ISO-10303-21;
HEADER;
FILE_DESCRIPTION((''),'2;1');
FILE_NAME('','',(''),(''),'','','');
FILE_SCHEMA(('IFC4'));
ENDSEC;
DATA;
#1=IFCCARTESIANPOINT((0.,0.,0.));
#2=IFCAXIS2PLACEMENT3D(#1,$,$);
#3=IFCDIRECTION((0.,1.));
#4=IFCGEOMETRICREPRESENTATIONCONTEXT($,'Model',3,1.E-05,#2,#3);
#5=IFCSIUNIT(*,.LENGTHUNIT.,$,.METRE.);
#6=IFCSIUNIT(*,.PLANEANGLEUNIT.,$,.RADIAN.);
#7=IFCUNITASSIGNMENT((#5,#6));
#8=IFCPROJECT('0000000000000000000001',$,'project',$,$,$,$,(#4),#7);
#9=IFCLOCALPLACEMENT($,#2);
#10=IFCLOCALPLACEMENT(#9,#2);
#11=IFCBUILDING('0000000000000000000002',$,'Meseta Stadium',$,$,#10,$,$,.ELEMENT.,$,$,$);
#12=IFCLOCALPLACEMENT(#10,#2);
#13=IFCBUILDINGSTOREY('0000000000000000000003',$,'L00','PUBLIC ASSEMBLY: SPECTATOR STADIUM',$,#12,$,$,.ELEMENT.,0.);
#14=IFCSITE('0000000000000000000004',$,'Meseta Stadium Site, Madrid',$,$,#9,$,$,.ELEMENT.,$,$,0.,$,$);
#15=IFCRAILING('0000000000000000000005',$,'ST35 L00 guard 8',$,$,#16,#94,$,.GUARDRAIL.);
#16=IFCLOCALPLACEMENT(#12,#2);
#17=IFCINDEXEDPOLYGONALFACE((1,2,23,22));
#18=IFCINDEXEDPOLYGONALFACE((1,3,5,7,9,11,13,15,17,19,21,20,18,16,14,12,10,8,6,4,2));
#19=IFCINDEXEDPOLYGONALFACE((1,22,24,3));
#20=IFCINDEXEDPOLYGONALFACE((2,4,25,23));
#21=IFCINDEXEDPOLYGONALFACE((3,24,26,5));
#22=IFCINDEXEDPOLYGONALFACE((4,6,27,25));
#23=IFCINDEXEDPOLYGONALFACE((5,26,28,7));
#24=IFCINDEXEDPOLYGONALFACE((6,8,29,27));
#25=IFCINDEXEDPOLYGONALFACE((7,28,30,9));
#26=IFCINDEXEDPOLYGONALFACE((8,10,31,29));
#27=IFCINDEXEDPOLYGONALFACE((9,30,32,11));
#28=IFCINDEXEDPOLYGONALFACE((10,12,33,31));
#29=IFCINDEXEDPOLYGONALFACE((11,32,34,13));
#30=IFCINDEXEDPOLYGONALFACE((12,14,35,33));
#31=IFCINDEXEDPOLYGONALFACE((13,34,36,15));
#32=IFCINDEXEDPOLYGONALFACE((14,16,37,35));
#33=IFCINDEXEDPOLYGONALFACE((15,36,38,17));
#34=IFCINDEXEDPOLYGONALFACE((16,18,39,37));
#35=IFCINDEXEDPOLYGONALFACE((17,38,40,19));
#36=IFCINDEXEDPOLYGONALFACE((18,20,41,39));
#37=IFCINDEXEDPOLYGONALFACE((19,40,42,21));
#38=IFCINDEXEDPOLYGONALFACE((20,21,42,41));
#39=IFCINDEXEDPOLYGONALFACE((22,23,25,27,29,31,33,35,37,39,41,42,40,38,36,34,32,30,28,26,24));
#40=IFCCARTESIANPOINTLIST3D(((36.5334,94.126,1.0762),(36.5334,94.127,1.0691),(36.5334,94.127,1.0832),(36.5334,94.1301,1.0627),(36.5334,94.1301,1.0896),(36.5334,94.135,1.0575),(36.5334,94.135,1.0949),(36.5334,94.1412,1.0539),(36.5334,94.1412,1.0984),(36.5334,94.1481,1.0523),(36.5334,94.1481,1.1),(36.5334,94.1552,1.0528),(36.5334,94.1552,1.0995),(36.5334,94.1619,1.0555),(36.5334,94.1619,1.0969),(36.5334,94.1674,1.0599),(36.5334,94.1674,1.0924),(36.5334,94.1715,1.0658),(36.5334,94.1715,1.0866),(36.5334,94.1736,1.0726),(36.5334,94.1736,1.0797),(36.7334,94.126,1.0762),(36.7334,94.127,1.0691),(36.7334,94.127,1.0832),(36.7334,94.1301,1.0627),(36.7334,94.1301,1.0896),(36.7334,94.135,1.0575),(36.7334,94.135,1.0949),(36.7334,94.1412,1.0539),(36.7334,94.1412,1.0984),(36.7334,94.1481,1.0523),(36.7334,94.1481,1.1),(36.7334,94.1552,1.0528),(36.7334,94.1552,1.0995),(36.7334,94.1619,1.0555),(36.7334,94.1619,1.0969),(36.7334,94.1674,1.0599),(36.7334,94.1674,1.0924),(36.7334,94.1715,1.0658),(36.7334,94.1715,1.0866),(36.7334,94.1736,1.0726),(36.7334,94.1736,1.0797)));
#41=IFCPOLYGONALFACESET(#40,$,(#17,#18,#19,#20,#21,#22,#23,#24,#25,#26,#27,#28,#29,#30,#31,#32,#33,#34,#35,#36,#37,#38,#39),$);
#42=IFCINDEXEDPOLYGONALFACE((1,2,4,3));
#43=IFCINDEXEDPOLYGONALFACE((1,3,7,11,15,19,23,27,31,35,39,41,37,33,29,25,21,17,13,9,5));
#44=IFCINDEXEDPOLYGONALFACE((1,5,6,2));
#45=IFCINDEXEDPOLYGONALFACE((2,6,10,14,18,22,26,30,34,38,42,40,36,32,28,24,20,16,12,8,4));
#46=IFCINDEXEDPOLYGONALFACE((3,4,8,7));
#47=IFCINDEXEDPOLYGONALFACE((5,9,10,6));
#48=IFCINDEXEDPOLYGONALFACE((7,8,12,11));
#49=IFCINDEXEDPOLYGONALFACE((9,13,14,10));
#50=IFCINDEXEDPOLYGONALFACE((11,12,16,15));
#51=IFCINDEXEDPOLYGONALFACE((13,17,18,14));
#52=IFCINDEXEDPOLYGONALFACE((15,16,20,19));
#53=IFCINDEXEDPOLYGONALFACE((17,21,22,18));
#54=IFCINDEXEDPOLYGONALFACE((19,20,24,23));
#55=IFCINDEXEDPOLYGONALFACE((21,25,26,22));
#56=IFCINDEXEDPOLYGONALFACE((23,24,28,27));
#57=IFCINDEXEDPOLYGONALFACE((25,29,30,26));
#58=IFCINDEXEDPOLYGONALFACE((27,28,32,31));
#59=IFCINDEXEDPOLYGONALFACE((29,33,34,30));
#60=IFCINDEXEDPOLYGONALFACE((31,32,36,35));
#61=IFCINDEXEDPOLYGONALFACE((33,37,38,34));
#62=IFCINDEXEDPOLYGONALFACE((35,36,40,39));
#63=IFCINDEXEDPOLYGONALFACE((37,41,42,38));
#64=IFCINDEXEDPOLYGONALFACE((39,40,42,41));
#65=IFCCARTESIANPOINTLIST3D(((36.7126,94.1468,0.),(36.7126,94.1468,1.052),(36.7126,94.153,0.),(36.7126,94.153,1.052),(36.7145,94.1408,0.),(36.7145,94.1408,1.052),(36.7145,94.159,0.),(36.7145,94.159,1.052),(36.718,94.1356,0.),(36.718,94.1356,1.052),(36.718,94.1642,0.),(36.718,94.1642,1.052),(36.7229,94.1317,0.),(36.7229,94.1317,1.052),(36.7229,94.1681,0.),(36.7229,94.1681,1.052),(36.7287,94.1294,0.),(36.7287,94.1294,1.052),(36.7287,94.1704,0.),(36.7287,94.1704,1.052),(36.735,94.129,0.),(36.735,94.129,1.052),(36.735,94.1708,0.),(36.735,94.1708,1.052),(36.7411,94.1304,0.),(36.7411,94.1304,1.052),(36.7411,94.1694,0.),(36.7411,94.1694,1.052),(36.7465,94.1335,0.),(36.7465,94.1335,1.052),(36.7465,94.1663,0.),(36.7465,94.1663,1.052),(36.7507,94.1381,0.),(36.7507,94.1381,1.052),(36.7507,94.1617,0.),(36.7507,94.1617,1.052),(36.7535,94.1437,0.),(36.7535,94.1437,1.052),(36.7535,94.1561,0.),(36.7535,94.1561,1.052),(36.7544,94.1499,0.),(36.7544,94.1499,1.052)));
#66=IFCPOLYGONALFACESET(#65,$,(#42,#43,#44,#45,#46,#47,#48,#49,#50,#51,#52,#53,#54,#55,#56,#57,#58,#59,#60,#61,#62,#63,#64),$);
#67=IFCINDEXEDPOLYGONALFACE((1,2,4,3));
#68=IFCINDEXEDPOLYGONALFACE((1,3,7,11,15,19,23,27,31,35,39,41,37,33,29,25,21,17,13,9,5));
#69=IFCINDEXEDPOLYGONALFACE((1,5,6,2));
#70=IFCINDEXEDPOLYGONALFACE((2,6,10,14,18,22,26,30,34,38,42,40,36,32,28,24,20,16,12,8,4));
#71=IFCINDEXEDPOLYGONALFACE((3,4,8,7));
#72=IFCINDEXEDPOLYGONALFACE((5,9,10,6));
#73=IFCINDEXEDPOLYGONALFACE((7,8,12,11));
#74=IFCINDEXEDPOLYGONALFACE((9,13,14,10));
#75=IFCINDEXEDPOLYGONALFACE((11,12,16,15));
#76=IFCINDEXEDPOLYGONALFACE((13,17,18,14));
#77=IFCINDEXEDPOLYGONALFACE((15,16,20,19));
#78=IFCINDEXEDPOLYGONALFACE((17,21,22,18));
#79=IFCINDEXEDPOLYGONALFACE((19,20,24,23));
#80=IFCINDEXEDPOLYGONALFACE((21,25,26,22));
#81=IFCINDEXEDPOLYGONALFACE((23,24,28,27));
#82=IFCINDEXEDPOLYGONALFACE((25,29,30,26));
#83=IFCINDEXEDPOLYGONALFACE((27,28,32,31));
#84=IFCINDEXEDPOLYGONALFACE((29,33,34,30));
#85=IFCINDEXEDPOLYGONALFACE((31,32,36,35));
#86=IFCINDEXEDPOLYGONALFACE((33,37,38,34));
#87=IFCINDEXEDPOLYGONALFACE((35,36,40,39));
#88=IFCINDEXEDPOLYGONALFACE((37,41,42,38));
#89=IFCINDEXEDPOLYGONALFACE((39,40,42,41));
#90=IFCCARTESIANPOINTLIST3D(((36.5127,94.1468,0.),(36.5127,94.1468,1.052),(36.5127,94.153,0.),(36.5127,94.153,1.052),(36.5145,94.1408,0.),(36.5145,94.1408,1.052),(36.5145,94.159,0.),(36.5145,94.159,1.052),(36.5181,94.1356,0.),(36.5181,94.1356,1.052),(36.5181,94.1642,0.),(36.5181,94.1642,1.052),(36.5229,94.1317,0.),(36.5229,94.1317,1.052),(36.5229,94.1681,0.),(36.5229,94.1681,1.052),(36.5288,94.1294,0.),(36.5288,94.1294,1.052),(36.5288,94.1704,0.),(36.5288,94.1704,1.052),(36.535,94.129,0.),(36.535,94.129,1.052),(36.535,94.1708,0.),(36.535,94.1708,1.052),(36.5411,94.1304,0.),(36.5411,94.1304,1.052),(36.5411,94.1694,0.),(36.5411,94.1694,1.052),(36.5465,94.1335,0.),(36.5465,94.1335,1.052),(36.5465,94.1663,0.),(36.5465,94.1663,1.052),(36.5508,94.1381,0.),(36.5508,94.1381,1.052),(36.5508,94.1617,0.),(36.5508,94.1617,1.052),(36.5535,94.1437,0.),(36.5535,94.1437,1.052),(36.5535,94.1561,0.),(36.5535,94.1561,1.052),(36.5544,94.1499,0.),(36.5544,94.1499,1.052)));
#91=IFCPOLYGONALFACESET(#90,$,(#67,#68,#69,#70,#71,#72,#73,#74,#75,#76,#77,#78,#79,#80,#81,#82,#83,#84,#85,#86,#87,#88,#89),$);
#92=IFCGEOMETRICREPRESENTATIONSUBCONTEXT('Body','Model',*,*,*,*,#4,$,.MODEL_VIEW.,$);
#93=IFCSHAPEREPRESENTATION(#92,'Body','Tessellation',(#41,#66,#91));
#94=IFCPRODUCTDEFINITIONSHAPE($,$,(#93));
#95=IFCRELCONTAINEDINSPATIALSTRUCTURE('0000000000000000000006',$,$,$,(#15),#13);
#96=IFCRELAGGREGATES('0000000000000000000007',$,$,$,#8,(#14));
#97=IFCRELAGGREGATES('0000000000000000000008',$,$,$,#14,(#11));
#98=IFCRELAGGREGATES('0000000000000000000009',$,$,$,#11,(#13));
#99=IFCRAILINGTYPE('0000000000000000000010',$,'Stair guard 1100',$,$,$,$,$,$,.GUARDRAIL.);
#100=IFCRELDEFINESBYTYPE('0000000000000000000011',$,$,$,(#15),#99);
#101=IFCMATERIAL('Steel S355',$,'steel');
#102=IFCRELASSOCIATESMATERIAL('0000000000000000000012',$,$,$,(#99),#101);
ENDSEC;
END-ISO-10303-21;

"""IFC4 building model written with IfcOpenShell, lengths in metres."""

from ifc_helpers import new_model, si_unit, direction, frame, origin, origin_2d, place, context, subcontext, project, spatial, circle, extrude, material, type_object, element, save


model = new_model("IFC4")

# Units and contexts
model_context = context("Model", 3, precision=1e-05, world=origin(), true_north=direction((0.0, 1.0)))
body_context = subcontext(model_context, "Body", "Model", "MODEL_VIEW")
ifc_project = project(units=[si_unit("LENGTHUNIT", "METRE"), si_unit("PLANEANGLEUNIT", "RADIAN")], contexts=[model_context])

# Site, building, storey
site_placement = place(None, origin())
site = spatial("IfcSite", under=ifc_project, at=site_placement, Name="Meseta Stadium Site, Madrid", CompositionType="ELEMENT", RefElevation=0.0)
building_placement = place(site_placement, origin())
building = spatial("IfcBuilding", under=site, at=building_placement, Name="Meseta Stadium", CompositionType="ELEMENT")
storey_placement = place(building_placement, origin())
storey = spatial("IfcBuildingStorey", under=building, at=storey_placement, Name="L00", Description="PUBLIC ASSEMBLY: SPECTATOR STADIUM", CompositionType="ELEMENT", Elevation=0.0)

# Railing
ifc_material_1 = material(Name="Steel S355", Category="steel")
railing_type_1 = type_object("IfcRailingType", Name="Stair guard 1100", PredefinedType="GUARDRAIL", material=ifc_material_1)
railing_1_placement = place(storey_placement, frame((36.7334, 94.1499, 0.0)))
element("IfcRailing", 1, at=railing_1_placement, inside=storey, type_object=railing_type_1, Name="ST35 L00 guard 8", PredefinedType="GUARDRAIL", context=body_context, shape_type="SweptSolid", body=[
    extrude(circle(Radius=0.0239, at=origin_2d()), frame((0.0, 0.0, 1.0762), z_axis=(-1.0, 0.0, 0.0), x_axis=(0.0, -1.0, 0.0)), (0.0, 0.0, 1.0), 0.2),
    extrude(circle(Radius=0.021, at=origin_2d()), origin(), (0.0, 0.0, 1.0), 1.052),
    extrude(circle(Radius=0.021, at=origin_2d()), frame((-0.2, 0.0, 0.0)), (0.0, 0.0, 1.0), 1.052),
])

save(model, "model.ifc")
